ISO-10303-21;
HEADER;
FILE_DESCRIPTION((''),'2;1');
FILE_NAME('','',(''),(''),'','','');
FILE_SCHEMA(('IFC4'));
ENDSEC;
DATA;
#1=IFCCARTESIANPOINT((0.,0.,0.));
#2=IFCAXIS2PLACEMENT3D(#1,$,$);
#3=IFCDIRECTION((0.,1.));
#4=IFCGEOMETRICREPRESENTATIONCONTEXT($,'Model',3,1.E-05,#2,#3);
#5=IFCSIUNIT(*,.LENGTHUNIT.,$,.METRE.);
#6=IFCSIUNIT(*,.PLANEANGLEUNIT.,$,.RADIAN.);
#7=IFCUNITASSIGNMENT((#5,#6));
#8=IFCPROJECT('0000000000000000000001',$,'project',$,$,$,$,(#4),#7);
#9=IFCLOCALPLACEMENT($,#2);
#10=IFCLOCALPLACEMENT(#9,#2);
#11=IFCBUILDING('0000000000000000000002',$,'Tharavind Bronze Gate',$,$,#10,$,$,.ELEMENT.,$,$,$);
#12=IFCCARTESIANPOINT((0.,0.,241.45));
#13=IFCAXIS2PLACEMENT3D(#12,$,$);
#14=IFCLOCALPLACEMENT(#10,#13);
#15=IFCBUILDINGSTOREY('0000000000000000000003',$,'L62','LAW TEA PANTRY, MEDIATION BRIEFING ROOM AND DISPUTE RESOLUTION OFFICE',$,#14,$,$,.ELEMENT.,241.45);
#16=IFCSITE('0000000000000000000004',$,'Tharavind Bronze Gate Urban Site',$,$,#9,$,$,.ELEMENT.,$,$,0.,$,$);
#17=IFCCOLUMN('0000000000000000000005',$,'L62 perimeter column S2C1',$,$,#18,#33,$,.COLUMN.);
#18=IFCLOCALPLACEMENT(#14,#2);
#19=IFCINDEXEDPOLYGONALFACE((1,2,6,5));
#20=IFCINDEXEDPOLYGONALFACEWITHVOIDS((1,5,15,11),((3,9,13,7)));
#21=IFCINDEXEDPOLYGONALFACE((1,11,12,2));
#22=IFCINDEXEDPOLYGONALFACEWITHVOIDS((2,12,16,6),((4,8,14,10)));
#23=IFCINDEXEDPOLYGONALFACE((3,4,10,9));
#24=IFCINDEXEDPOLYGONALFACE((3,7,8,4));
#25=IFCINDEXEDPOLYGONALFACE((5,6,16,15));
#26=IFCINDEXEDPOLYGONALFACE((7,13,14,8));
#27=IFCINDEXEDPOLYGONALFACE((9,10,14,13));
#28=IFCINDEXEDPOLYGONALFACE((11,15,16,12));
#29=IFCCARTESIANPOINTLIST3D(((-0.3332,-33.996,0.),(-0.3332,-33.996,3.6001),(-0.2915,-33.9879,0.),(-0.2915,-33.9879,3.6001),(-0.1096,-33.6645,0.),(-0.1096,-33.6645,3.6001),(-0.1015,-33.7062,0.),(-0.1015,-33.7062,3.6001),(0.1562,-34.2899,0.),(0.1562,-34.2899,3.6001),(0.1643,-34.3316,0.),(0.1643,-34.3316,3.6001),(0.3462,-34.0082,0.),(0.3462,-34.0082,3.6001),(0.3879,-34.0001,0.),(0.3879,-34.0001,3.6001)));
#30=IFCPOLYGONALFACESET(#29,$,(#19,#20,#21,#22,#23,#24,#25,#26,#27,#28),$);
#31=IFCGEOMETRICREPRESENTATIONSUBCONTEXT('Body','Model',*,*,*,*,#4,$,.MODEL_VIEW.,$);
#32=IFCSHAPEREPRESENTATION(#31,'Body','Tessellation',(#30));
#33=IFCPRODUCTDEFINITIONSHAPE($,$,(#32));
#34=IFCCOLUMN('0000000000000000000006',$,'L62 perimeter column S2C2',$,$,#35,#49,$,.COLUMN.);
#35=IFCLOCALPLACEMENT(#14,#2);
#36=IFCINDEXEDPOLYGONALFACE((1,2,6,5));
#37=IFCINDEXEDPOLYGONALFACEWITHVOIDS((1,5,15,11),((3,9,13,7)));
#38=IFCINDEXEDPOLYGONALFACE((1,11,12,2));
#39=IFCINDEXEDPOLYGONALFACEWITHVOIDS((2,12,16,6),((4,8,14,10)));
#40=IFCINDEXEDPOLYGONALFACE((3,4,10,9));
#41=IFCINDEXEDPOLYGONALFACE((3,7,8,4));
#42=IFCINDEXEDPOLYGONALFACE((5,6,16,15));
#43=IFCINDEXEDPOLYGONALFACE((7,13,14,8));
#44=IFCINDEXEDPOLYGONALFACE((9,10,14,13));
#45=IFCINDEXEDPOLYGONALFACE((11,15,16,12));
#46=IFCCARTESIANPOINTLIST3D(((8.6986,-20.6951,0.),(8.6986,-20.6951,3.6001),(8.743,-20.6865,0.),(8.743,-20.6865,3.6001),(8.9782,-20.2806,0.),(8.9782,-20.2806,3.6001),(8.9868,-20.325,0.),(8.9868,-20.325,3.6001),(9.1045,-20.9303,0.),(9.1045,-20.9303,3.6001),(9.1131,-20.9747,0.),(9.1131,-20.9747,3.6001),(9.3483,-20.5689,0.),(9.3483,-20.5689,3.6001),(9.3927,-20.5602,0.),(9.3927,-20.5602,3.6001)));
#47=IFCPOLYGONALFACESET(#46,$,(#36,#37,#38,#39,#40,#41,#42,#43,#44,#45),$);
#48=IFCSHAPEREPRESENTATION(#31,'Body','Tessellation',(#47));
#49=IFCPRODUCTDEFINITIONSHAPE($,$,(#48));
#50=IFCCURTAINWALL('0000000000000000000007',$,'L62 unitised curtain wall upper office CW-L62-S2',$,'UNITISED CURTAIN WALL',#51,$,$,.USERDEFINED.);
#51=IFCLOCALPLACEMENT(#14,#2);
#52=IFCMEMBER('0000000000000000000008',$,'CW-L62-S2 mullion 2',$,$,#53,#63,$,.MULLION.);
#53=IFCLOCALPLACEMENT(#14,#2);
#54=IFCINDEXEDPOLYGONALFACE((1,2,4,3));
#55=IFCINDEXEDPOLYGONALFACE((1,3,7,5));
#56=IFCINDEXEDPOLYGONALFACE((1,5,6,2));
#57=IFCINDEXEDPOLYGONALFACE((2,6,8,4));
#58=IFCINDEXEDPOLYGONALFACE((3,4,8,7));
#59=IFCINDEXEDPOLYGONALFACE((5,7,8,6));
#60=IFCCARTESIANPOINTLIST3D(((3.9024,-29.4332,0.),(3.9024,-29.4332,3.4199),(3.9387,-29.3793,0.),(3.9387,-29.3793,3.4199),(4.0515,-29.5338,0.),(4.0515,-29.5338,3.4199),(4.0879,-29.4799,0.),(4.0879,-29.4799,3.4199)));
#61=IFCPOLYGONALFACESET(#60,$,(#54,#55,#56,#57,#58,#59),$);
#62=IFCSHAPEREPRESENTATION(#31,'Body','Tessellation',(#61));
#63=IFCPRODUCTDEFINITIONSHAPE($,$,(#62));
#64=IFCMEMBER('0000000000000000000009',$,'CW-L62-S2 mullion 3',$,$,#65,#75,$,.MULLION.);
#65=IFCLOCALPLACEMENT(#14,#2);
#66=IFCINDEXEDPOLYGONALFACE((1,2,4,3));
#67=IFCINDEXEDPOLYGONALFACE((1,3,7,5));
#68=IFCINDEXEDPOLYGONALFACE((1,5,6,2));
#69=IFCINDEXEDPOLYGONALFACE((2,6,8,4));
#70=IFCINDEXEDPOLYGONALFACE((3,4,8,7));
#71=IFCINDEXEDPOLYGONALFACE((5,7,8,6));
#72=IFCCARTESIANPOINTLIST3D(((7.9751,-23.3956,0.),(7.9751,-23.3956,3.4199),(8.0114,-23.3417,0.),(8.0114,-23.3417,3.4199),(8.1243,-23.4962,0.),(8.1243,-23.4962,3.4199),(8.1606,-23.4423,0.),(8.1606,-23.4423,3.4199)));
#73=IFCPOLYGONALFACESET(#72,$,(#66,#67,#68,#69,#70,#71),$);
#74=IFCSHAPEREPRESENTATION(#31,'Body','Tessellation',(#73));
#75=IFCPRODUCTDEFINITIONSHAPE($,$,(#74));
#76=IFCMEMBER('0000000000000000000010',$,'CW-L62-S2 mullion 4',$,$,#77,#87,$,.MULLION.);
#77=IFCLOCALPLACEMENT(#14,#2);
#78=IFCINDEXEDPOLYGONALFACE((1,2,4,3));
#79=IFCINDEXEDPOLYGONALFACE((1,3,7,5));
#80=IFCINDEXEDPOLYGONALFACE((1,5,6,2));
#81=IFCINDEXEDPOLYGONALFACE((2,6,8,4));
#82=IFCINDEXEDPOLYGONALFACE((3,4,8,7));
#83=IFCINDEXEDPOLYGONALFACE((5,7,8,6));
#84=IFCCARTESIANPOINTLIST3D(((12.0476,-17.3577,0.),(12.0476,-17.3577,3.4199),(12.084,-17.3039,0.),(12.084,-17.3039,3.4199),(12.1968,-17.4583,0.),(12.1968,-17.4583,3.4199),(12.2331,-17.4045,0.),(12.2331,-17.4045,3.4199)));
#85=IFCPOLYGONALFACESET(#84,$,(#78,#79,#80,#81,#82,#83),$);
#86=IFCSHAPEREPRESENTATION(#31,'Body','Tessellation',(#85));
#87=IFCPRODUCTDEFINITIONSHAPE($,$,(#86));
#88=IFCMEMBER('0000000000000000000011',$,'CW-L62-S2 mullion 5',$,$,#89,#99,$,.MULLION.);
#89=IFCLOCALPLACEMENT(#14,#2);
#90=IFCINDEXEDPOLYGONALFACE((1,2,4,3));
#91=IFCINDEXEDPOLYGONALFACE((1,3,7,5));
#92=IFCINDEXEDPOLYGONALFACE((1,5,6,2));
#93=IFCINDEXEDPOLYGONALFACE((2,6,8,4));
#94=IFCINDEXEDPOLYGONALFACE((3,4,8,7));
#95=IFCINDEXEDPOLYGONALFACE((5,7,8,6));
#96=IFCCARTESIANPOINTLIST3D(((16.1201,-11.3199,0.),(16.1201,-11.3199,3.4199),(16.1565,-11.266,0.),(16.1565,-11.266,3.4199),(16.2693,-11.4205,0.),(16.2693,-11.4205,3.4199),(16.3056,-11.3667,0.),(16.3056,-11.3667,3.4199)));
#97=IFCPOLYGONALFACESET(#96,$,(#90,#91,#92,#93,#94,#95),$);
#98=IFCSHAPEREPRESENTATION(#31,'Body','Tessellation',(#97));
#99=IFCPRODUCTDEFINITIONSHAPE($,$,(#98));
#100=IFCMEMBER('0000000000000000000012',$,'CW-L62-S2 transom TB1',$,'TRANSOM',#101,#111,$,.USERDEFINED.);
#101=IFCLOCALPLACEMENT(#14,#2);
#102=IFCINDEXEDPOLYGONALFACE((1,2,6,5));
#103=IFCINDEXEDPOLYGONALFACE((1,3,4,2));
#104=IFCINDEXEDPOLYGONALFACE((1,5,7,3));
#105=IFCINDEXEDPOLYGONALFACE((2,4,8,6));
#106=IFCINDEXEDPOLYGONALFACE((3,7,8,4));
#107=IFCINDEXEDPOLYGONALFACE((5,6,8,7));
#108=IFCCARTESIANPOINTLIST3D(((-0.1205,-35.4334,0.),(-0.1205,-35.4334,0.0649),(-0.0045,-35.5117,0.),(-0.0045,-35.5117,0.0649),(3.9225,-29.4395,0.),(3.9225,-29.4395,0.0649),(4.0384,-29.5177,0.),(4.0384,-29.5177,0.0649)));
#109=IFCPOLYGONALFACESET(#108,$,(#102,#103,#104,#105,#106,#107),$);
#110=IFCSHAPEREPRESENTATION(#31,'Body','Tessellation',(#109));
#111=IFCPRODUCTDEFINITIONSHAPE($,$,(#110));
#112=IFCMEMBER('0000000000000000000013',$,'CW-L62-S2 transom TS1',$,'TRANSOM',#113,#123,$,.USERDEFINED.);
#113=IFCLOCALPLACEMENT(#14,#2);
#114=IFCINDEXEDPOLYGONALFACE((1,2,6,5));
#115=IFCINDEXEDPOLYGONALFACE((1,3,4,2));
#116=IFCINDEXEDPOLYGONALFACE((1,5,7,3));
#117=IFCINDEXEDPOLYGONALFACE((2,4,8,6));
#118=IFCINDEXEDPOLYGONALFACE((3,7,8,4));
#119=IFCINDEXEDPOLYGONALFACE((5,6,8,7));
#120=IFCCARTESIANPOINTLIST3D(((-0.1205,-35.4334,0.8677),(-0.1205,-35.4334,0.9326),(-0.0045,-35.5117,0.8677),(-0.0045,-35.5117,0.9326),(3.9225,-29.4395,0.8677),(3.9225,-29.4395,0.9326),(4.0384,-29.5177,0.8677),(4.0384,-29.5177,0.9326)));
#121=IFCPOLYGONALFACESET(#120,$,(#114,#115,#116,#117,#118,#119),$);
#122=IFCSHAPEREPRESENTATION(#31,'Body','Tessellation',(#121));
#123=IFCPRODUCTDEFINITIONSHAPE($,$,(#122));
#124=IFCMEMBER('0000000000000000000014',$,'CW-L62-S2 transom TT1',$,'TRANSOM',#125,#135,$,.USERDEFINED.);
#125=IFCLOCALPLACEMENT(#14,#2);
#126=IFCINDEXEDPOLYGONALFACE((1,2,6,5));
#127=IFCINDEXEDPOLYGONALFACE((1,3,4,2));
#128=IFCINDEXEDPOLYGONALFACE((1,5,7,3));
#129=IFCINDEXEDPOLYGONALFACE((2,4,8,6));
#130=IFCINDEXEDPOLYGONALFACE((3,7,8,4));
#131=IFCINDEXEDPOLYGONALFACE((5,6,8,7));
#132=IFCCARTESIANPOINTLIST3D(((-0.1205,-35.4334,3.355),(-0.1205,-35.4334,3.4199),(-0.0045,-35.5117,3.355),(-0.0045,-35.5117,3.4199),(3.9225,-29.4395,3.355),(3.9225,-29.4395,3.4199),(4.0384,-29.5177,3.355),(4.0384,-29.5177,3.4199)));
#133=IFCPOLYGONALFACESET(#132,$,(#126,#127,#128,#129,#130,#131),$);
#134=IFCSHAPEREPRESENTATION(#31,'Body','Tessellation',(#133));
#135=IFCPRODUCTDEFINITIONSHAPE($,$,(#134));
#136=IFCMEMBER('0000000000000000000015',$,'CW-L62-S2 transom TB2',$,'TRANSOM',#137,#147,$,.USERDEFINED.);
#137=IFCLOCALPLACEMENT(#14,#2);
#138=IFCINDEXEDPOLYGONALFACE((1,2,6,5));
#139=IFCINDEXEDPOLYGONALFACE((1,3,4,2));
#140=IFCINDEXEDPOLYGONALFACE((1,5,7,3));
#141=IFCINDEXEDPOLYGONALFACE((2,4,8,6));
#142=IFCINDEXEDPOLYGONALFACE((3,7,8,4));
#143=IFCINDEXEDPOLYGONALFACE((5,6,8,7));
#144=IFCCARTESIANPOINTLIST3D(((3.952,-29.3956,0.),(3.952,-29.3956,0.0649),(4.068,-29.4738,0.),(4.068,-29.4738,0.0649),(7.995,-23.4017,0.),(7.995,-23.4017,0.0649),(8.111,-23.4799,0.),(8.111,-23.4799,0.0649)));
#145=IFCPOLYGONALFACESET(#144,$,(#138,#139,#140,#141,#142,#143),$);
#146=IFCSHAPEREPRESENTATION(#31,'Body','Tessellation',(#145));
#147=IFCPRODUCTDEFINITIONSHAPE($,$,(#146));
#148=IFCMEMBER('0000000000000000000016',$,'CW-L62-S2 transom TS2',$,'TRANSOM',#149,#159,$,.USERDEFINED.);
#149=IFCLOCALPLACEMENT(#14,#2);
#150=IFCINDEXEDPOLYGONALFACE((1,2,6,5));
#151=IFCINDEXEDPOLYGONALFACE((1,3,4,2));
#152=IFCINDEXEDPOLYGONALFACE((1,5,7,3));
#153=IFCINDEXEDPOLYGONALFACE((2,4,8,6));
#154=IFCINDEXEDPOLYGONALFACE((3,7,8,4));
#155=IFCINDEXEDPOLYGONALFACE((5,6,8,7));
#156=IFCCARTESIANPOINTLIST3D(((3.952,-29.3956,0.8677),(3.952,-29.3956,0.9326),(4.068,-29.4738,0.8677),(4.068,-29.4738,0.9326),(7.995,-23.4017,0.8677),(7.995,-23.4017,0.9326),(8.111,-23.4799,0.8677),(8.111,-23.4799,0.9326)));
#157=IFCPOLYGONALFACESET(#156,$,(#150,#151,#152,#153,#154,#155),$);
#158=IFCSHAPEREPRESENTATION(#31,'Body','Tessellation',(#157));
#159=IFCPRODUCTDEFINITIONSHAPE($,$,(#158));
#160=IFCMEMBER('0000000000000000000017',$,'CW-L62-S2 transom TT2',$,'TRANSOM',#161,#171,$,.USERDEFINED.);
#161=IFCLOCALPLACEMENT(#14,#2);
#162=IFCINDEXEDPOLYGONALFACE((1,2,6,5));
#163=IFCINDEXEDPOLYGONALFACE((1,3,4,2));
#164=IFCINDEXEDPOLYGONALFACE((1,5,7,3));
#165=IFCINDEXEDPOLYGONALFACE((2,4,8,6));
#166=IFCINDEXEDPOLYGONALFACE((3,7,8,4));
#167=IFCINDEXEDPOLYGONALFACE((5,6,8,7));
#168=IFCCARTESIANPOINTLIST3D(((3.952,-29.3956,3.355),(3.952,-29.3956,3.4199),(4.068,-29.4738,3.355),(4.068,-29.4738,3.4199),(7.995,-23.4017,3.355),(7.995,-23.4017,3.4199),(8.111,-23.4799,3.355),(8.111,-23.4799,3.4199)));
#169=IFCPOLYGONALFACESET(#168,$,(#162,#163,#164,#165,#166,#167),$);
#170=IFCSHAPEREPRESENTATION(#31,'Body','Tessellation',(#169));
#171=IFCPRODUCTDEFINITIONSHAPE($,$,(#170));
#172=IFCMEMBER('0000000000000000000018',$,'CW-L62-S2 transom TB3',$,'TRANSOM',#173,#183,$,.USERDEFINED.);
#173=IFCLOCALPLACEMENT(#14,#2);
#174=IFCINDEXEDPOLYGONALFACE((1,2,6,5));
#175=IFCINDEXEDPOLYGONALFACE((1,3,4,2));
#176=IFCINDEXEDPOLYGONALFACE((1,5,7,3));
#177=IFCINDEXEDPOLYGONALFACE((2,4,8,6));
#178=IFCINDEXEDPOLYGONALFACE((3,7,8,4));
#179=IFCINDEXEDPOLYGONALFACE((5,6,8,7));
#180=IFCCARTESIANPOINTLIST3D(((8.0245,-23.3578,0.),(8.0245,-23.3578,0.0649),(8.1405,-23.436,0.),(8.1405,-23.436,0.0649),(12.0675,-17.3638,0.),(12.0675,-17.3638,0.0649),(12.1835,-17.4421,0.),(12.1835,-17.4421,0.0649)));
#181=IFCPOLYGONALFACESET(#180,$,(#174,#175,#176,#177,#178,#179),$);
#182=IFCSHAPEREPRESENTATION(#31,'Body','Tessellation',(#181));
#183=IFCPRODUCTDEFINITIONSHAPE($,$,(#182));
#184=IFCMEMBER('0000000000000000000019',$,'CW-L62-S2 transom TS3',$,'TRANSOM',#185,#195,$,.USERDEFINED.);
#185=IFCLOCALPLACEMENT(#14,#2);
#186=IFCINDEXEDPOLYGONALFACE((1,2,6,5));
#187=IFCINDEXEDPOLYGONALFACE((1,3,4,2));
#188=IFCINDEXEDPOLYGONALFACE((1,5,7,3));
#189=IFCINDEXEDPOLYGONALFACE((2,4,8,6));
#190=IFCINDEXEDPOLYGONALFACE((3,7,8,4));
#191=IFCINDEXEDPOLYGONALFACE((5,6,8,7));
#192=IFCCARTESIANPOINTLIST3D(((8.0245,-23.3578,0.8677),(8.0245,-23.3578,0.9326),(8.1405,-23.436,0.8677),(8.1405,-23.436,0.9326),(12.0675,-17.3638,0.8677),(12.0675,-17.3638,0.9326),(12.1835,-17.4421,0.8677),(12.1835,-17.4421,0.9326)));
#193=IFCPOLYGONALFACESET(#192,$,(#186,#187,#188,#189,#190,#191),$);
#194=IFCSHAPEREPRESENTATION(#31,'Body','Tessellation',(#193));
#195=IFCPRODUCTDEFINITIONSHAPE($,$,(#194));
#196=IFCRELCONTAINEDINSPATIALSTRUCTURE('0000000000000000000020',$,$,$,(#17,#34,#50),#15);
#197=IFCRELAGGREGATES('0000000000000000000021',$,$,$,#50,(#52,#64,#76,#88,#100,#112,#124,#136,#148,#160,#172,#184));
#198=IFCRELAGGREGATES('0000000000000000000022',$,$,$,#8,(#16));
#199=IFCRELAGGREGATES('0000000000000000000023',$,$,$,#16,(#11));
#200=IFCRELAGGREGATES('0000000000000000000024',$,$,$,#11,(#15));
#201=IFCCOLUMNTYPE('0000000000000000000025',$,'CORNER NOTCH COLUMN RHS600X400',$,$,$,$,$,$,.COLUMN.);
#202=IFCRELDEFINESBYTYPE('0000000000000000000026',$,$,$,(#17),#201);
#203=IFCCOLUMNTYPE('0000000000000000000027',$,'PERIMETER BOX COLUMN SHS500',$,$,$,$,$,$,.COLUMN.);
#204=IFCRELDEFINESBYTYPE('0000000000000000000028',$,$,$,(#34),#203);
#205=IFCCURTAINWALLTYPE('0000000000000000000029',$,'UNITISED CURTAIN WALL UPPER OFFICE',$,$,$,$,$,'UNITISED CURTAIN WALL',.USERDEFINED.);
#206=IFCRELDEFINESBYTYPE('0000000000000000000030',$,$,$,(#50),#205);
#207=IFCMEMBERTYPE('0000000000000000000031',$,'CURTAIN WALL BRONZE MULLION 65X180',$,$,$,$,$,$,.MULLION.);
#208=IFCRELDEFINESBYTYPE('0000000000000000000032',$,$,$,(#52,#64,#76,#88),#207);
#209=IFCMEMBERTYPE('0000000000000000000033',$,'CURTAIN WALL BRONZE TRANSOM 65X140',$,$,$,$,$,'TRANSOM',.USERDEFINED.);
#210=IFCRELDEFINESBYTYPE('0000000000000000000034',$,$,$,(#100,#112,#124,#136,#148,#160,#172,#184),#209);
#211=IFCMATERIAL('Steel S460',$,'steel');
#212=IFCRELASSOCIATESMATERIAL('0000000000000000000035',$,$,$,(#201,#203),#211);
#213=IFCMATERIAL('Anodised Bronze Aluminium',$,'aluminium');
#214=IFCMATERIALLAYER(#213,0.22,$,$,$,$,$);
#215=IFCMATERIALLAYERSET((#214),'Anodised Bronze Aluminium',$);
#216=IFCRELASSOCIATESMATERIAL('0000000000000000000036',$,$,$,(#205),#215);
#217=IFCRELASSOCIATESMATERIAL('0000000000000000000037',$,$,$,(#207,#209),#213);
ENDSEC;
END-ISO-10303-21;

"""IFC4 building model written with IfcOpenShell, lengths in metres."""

from ifc_helpers import new_model, si_unit, direction, frame, origin, origin_2d, place, context, subcontext, project, spatial, rectangle, hollow_rectangle, extrude, material, layer, layer_set, material_profile, profile_set, type_object, element, aggregate, save


model = new_model("IFC4")

# Units and contexts
model_context = context("Model", 3, precision=1e-05, world=origin(), true_north=direction((0.0, 1.0)))
body_context = subcontext(model_context, "Body", "Model", "MODEL_VIEW")
ifc_project = project(units=[si_unit("LENGTHUNIT", "METRE"), si_unit("PLANEANGLEUNIT", "RADIAN")], contexts=[model_context])

# Site, building, storey
site_placement = place(None, origin())
site = spatial("IfcSite", under=ifc_project, at=site_placement, Name="Tharavind Bronze Gate Urban Site", CompositionType="ELEMENT", RefElevation=0.0)
building_placement = place(site_placement, origin())
building = spatial("IfcBuilding", under=site, at=building_placement, Name="Tharavind Bronze Gate", CompositionType="ELEMENT")
storey_placement = place(building_placement, frame((0.0, 0.0, 241.45)))
storey = spatial("IfcBuildingStorey", under=building, at=storey_placement, Name="L62", Description="LAW TEA PANTRY, MEDIATION BRIEFING ROOM AND DISPUTE RESOLUTION OFFICE", CompositionType="ELEMENT", Elevation=241.45)

# Columns
ifc_material_1 = material(Name="Steel S460", Category="steel")
ifc_material_profile_1 = material_profile(ifc_material_1, hollow_rectangle(XDim=0.3999, YDim=0.6001, WallThickness=0.03, at=origin_2d()), Name="RHS600X400X30")
ifc_profile_set_1 = profile_set([ifc_material_profile_1], Name="Steel S460")
column_type_1 = type_object("IfcColumnType", Name="CORNER NOTCH COLUMN RHS600X400", PredefinedType="COLUMN", material=ifc_profile_set_1)
column_1_placement = place(storey_placement, frame((0.0273, -33.998, 0.0), z_axis=(0.0, 0.0, 1.0), x_axis=(0.559194, 0.829037, 0.0)))
element("IfcColumn", 1, at=column_1_placement, inside=storey, type_object=column_type_1, Name="L62 perimeter column S2C1", PredefinedType="COLUMN", context=body_context, shape_type="SweptSolid", body=[
    extrude(hollow_rectangle(XDim=0.3999, YDim=0.6001, WallThickness=0.03, at=origin_2d()), origin(), (0.0, 0.0, 1.0), 3.6001),
])
ifc_material_profile_2 = material_profile(ifc_material_1, hollow_rectangle(XDim=0.5, YDim=0.5, WallThickness=0.032, at=origin_2d()), Name="SHS500X32")
ifc_profile_set_2 = profile_set([ifc_material_profile_2], Name="Steel S460")
column_type_2 = type_object("IfcColumnType", Name="PERIMETER BOX COLUMN SHS500", PredefinedType="COLUMN", material=ifc_profile_set_2)
column_2_placement = place(storey_placement, frame((9.0457, -20.6277, 0.0), z_axis=(0.0, 0.0, 1.0), x_axis=(0.559194, 0.829037, 0.0)))
element("IfcColumn", 2, at=column_2_placement, inside=storey, type_object=column_type_2, Name="L62 perimeter column S2C2", PredefinedType="COLUMN", context=body_context, shape_type="SweptSolid", body=[
    extrude(hollow_rectangle(XDim=0.5, YDim=0.5, WallThickness=0.032, at=origin_2d()), origin(), (0.0, 0.0, 1.0), 3.6001),
])

# Curtain wall, members
ifc_material_2 = material(Name="Anodised Bronze Aluminium", Category="aluminium")
ifc_layer_1 = layer(ifc_material_2, 0.22)
ifc_layer_set_1 = layer_set([ifc_layer_1], Name="Anodised Bronze Aluminium")
curtain_wall_type = type_object("IfcCurtainWallType", Name="UNITISED CURTAIN WALL UPPER OFFICE", ElementType="UNITISED CURTAIN WALL", PredefinedType="USERDEFINED", material=ifc_layer_set_1)
curtain_wall_placement = place(storey_placement, origin())
curtain_wall = element("IfcCurtainWall", 3, at=curtain_wall_placement, inside=storey, type_object=curtain_wall_type, Name="L62 unitised curtain wall upper office CW-L62-S2", ObjectType="UNITISED CURTAIN WALL", PredefinedType="USERDEFINED")
member_type_1 = type_object("IfcMemberType", Name="CURTAIN WALL BRONZE MULLION 65X180", PredefinedType="MULLION", material=ifc_material_2)
member_1_placement = place(storey_placement, frame((3.9951, -29.4565, 0.0), z_axis=(0.0, 0.0, 1.0), x_axis=(0.559193, 0.829038, 0.0)))
member_1 = element("IfcMember", 4, at=member_1_placement, type_object=member_type_1, Name="CW-L62-S2 mullion 2", PredefinedType="MULLION", context=body_context, shape_type="SweptSolid", body=[
    extrude(rectangle(XDim=0.0649, YDim=0.1799, at=origin_2d()), origin(), (0.0, 0.0, 1.0), 3.4199),
])
member_2_placement = place(storey_placement, frame((8.0679, -23.4189, 0.0), z_axis=(0.0, 0.0, 1.0), x_axis=(0.559193, 0.829038, 0.0)))
member_2 = element("IfcMember", 5, at=member_2_placement, type_object=member_type_1, Name="CW-L62-S2 mullion 3", PredefinedType="MULLION", context=body_context, shape_type="SweptSolid", body=[
    extrude(rectangle(XDim=0.0649, YDim=0.1799, at=origin_2d()), origin(), (0.0, 0.0, 1.0), 3.4199),
])
member_3_placement = place(storey_placement, frame((12.1404, -17.3811, 0.0), z_axis=(0.0, 0.0, 1.0), x_axis=(0.559193, 0.829038, 0.0)))
member_3 = element("IfcMember", 6, at=member_3_placement, type_object=member_type_1, Name="CW-L62-S2 mullion 4", PredefinedType="MULLION", context=body_context, shape_type="SweptSolid", body=[
    extrude(rectangle(XDim=0.0649, YDim=0.1799, at=origin_2d()), origin(), (0.0, 0.0, 1.0), 3.4199),
])
member_4_placement = place(storey_placement, frame((16.2129, -11.3433, 0.0), z_axis=(0.0, 0.0, 1.0), x_axis=(0.559193, 0.829038, 0.0)))
member_4 = element("IfcMember", 7, at=member_4_placement, type_object=member_type_1, Name="CW-L62-S2 mullion 5", PredefinedType="MULLION", context=body_context, shape_type="SweptSolid", body=[
    extrude(rectangle(XDim=0.0649, YDim=0.1799, at=origin_2d()), origin(), (0.0, 0.0, 1.0), 3.4199),
])
member_type_2 = type_object("IfcMemberType", Name="CURTAIN WALL BRONZE TRANSOM 65X140", ElementType="TRANSOM", PredefinedType="USERDEFINED", material=ifc_material_2)
member_5_placement = place(storey_placement, frame((1.959, -32.4756, 0.0), z_axis=(0.0, 0.0, 1.0), x_axis=(0.559193, 0.829038, 0.0)))
member_5 = element("IfcMember", 8, at=member_5_placement, type_object=member_type_2, Name="CW-L62-S2 transom TB1", ObjectType="TRANSOM", PredefinedType="USERDEFINED", context=body_context, shape_type="SweptSolid", body=[
    extrude(rectangle(XDim=7.23, YDim=0.1399, at=origin_2d()), origin(), (0.0, 0.0, 1.0), 0.0649),
])
member_6_placement = place(storey_placement, frame((1.959, -32.4756, 0.8677), z_axis=(0.0, 0.0, 1.0), x_axis=(0.559193, 0.829038, 0.0)))
member_6 = element("IfcMember", 9, at=member_6_placement, type_object=member_type_2, Name="CW-L62-S2 transom TS1", ObjectType="TRANSOM", PredefinedType="USERDEFINED", context=body_context, shape_type="SweptSolid", body=[
    extrude(rectangle(XDim=7.23, YDim=0.1399, at=origin_2d()), origin(), (0.0, 0.0, 1.0), 0.0649),
])
member_7_placement = place(storey_placement, frame((1.959, -32.4756, 3.355), z_axis=(0.0, 0.0, 1.0), x_axis=(0.559193, 0.829038, 0.0)))
member_7 = element("IfcMember", 10, at=member_7_placement, type_object=member_type_2, Name="CW-L62-S2 transom TT1", ObjectType="TRANSOM", PredefinedType="USERDEFINED", context=body_context, shape_type="SweptSolid", body=[
    extrude(rectangle(XDim=7.23, YDim=0.1399, at=origin_2d()), origin(), (0.0, 0.0, 1.0), 0.0649),
])
member_8_placement = place(storey_placement, frame((6.0315, -26.4377, 0.0), z_axis=(0.0, 0.0, 1.0), x_axis=(0.559193, 0.829038, 0.0)))
member_8 = element("IfcMember", 11, at=member_8_placement, type_object=member_type_2, Name="CW-L62-S2 transom TB2", ObjectType="TRANSOM", PredefinedType="USERDEFINED", context=body_context, shape_type="SweptSolid", body=[
    extrude(rectangle(XDim=7.23, YDim=0.1399, at=origin_2d()), origin(), (0.0, 0.0, 1.0), 0.0649),
])
member_9_placement = place(storey_placement, frame((6.0315, -26.4377, 0.8677), z_axis=(0.0, 0.0, 1.0), x_axis=(0.559193, 0.829038, 0.0)))
member_9 = element("IfcMember", 12, at=member_9_placement, type_object=member_type_2, Name="CW-L62-S2 transom TS2", ObjectType="TRANSOM", PredefinedType="USERDEFINED", context=body_context, shape_type="SweptSolid", body=[
    extrude(rectangle(XDim=7.23, YDim=0.1399, at=origin_2d()), origin(), (0.0, 0.0, 1.0), 0.0649),
])
member_10_placement = place(storey_placement, frame((6.0315, -26.4377, 3.355), z_axis=(0.0, 0.0, 1.0), x_axis=(0.559193, 0.829038, 0.0)))
member_10 = element("IfcMember", 13, at=member_10_placement, type_object=member_type_2, Name="CW-L62-S2 transom TT2", ObjectType="TRANSOM", PredefinedType="USERDEFINED", context=body_context, shape_type="SweptSolid", body=[
    extrude(rectangle(XDim=7.23, YDim=0.1399, at=origin_2d()), origin(), (0.0, 0.0, 1.0), 0.0649),
])
member_11_placement = place(storey_placement, frame((10.104, -20.3999, 0.0), z_axis=(0.0, 0.0, 1.0), x_axis=(0.559193, 0.829038, 0.0)))
member_11 = element("IfcMember", 14, at=member_11_placement, type_object=member_type_2, Name="CW-L62-S2 transom TB3", ObjectType="TRANSOM", PredefinedType="USERDEFINED", context=body_context, shape_type="SweptSolid", body=[
    extrude(rectangle(XDim=7.23, YDim=0.1399, at=origin_2d()), origin(), (0.0, 0.0, 1.0), 0.0649),
])
member_12_placement = place(storey_placement, frame((10.104, -20.3999, 0.8677), z_axis=(0.0, 0.0, 1.0), x_axis=(0.559193, 0.829038, 0.0)))
member_12 = element("IfcMember", 15, at=member_12_placement, type_object=member_type_2, Name="CW-L62-S2 transom TS3", ObjectType="TRANSOM", PredefinedType="USERDEFINED", context=body_context, shape_type="SweptSolid", body=[
    extrude(rectangle(XDim=7.23, YDim=0.1399, at=origin_2d()), origin(), (0.0, 0.0, 1.0), 0.0649),
])

aggregate(curtain_wall, [member_1, member_2, member_3, member_4, member_5, member_6, member_7, member_8, member_9, member_10, member_11, member_12])

save(model, "model.ifc")
